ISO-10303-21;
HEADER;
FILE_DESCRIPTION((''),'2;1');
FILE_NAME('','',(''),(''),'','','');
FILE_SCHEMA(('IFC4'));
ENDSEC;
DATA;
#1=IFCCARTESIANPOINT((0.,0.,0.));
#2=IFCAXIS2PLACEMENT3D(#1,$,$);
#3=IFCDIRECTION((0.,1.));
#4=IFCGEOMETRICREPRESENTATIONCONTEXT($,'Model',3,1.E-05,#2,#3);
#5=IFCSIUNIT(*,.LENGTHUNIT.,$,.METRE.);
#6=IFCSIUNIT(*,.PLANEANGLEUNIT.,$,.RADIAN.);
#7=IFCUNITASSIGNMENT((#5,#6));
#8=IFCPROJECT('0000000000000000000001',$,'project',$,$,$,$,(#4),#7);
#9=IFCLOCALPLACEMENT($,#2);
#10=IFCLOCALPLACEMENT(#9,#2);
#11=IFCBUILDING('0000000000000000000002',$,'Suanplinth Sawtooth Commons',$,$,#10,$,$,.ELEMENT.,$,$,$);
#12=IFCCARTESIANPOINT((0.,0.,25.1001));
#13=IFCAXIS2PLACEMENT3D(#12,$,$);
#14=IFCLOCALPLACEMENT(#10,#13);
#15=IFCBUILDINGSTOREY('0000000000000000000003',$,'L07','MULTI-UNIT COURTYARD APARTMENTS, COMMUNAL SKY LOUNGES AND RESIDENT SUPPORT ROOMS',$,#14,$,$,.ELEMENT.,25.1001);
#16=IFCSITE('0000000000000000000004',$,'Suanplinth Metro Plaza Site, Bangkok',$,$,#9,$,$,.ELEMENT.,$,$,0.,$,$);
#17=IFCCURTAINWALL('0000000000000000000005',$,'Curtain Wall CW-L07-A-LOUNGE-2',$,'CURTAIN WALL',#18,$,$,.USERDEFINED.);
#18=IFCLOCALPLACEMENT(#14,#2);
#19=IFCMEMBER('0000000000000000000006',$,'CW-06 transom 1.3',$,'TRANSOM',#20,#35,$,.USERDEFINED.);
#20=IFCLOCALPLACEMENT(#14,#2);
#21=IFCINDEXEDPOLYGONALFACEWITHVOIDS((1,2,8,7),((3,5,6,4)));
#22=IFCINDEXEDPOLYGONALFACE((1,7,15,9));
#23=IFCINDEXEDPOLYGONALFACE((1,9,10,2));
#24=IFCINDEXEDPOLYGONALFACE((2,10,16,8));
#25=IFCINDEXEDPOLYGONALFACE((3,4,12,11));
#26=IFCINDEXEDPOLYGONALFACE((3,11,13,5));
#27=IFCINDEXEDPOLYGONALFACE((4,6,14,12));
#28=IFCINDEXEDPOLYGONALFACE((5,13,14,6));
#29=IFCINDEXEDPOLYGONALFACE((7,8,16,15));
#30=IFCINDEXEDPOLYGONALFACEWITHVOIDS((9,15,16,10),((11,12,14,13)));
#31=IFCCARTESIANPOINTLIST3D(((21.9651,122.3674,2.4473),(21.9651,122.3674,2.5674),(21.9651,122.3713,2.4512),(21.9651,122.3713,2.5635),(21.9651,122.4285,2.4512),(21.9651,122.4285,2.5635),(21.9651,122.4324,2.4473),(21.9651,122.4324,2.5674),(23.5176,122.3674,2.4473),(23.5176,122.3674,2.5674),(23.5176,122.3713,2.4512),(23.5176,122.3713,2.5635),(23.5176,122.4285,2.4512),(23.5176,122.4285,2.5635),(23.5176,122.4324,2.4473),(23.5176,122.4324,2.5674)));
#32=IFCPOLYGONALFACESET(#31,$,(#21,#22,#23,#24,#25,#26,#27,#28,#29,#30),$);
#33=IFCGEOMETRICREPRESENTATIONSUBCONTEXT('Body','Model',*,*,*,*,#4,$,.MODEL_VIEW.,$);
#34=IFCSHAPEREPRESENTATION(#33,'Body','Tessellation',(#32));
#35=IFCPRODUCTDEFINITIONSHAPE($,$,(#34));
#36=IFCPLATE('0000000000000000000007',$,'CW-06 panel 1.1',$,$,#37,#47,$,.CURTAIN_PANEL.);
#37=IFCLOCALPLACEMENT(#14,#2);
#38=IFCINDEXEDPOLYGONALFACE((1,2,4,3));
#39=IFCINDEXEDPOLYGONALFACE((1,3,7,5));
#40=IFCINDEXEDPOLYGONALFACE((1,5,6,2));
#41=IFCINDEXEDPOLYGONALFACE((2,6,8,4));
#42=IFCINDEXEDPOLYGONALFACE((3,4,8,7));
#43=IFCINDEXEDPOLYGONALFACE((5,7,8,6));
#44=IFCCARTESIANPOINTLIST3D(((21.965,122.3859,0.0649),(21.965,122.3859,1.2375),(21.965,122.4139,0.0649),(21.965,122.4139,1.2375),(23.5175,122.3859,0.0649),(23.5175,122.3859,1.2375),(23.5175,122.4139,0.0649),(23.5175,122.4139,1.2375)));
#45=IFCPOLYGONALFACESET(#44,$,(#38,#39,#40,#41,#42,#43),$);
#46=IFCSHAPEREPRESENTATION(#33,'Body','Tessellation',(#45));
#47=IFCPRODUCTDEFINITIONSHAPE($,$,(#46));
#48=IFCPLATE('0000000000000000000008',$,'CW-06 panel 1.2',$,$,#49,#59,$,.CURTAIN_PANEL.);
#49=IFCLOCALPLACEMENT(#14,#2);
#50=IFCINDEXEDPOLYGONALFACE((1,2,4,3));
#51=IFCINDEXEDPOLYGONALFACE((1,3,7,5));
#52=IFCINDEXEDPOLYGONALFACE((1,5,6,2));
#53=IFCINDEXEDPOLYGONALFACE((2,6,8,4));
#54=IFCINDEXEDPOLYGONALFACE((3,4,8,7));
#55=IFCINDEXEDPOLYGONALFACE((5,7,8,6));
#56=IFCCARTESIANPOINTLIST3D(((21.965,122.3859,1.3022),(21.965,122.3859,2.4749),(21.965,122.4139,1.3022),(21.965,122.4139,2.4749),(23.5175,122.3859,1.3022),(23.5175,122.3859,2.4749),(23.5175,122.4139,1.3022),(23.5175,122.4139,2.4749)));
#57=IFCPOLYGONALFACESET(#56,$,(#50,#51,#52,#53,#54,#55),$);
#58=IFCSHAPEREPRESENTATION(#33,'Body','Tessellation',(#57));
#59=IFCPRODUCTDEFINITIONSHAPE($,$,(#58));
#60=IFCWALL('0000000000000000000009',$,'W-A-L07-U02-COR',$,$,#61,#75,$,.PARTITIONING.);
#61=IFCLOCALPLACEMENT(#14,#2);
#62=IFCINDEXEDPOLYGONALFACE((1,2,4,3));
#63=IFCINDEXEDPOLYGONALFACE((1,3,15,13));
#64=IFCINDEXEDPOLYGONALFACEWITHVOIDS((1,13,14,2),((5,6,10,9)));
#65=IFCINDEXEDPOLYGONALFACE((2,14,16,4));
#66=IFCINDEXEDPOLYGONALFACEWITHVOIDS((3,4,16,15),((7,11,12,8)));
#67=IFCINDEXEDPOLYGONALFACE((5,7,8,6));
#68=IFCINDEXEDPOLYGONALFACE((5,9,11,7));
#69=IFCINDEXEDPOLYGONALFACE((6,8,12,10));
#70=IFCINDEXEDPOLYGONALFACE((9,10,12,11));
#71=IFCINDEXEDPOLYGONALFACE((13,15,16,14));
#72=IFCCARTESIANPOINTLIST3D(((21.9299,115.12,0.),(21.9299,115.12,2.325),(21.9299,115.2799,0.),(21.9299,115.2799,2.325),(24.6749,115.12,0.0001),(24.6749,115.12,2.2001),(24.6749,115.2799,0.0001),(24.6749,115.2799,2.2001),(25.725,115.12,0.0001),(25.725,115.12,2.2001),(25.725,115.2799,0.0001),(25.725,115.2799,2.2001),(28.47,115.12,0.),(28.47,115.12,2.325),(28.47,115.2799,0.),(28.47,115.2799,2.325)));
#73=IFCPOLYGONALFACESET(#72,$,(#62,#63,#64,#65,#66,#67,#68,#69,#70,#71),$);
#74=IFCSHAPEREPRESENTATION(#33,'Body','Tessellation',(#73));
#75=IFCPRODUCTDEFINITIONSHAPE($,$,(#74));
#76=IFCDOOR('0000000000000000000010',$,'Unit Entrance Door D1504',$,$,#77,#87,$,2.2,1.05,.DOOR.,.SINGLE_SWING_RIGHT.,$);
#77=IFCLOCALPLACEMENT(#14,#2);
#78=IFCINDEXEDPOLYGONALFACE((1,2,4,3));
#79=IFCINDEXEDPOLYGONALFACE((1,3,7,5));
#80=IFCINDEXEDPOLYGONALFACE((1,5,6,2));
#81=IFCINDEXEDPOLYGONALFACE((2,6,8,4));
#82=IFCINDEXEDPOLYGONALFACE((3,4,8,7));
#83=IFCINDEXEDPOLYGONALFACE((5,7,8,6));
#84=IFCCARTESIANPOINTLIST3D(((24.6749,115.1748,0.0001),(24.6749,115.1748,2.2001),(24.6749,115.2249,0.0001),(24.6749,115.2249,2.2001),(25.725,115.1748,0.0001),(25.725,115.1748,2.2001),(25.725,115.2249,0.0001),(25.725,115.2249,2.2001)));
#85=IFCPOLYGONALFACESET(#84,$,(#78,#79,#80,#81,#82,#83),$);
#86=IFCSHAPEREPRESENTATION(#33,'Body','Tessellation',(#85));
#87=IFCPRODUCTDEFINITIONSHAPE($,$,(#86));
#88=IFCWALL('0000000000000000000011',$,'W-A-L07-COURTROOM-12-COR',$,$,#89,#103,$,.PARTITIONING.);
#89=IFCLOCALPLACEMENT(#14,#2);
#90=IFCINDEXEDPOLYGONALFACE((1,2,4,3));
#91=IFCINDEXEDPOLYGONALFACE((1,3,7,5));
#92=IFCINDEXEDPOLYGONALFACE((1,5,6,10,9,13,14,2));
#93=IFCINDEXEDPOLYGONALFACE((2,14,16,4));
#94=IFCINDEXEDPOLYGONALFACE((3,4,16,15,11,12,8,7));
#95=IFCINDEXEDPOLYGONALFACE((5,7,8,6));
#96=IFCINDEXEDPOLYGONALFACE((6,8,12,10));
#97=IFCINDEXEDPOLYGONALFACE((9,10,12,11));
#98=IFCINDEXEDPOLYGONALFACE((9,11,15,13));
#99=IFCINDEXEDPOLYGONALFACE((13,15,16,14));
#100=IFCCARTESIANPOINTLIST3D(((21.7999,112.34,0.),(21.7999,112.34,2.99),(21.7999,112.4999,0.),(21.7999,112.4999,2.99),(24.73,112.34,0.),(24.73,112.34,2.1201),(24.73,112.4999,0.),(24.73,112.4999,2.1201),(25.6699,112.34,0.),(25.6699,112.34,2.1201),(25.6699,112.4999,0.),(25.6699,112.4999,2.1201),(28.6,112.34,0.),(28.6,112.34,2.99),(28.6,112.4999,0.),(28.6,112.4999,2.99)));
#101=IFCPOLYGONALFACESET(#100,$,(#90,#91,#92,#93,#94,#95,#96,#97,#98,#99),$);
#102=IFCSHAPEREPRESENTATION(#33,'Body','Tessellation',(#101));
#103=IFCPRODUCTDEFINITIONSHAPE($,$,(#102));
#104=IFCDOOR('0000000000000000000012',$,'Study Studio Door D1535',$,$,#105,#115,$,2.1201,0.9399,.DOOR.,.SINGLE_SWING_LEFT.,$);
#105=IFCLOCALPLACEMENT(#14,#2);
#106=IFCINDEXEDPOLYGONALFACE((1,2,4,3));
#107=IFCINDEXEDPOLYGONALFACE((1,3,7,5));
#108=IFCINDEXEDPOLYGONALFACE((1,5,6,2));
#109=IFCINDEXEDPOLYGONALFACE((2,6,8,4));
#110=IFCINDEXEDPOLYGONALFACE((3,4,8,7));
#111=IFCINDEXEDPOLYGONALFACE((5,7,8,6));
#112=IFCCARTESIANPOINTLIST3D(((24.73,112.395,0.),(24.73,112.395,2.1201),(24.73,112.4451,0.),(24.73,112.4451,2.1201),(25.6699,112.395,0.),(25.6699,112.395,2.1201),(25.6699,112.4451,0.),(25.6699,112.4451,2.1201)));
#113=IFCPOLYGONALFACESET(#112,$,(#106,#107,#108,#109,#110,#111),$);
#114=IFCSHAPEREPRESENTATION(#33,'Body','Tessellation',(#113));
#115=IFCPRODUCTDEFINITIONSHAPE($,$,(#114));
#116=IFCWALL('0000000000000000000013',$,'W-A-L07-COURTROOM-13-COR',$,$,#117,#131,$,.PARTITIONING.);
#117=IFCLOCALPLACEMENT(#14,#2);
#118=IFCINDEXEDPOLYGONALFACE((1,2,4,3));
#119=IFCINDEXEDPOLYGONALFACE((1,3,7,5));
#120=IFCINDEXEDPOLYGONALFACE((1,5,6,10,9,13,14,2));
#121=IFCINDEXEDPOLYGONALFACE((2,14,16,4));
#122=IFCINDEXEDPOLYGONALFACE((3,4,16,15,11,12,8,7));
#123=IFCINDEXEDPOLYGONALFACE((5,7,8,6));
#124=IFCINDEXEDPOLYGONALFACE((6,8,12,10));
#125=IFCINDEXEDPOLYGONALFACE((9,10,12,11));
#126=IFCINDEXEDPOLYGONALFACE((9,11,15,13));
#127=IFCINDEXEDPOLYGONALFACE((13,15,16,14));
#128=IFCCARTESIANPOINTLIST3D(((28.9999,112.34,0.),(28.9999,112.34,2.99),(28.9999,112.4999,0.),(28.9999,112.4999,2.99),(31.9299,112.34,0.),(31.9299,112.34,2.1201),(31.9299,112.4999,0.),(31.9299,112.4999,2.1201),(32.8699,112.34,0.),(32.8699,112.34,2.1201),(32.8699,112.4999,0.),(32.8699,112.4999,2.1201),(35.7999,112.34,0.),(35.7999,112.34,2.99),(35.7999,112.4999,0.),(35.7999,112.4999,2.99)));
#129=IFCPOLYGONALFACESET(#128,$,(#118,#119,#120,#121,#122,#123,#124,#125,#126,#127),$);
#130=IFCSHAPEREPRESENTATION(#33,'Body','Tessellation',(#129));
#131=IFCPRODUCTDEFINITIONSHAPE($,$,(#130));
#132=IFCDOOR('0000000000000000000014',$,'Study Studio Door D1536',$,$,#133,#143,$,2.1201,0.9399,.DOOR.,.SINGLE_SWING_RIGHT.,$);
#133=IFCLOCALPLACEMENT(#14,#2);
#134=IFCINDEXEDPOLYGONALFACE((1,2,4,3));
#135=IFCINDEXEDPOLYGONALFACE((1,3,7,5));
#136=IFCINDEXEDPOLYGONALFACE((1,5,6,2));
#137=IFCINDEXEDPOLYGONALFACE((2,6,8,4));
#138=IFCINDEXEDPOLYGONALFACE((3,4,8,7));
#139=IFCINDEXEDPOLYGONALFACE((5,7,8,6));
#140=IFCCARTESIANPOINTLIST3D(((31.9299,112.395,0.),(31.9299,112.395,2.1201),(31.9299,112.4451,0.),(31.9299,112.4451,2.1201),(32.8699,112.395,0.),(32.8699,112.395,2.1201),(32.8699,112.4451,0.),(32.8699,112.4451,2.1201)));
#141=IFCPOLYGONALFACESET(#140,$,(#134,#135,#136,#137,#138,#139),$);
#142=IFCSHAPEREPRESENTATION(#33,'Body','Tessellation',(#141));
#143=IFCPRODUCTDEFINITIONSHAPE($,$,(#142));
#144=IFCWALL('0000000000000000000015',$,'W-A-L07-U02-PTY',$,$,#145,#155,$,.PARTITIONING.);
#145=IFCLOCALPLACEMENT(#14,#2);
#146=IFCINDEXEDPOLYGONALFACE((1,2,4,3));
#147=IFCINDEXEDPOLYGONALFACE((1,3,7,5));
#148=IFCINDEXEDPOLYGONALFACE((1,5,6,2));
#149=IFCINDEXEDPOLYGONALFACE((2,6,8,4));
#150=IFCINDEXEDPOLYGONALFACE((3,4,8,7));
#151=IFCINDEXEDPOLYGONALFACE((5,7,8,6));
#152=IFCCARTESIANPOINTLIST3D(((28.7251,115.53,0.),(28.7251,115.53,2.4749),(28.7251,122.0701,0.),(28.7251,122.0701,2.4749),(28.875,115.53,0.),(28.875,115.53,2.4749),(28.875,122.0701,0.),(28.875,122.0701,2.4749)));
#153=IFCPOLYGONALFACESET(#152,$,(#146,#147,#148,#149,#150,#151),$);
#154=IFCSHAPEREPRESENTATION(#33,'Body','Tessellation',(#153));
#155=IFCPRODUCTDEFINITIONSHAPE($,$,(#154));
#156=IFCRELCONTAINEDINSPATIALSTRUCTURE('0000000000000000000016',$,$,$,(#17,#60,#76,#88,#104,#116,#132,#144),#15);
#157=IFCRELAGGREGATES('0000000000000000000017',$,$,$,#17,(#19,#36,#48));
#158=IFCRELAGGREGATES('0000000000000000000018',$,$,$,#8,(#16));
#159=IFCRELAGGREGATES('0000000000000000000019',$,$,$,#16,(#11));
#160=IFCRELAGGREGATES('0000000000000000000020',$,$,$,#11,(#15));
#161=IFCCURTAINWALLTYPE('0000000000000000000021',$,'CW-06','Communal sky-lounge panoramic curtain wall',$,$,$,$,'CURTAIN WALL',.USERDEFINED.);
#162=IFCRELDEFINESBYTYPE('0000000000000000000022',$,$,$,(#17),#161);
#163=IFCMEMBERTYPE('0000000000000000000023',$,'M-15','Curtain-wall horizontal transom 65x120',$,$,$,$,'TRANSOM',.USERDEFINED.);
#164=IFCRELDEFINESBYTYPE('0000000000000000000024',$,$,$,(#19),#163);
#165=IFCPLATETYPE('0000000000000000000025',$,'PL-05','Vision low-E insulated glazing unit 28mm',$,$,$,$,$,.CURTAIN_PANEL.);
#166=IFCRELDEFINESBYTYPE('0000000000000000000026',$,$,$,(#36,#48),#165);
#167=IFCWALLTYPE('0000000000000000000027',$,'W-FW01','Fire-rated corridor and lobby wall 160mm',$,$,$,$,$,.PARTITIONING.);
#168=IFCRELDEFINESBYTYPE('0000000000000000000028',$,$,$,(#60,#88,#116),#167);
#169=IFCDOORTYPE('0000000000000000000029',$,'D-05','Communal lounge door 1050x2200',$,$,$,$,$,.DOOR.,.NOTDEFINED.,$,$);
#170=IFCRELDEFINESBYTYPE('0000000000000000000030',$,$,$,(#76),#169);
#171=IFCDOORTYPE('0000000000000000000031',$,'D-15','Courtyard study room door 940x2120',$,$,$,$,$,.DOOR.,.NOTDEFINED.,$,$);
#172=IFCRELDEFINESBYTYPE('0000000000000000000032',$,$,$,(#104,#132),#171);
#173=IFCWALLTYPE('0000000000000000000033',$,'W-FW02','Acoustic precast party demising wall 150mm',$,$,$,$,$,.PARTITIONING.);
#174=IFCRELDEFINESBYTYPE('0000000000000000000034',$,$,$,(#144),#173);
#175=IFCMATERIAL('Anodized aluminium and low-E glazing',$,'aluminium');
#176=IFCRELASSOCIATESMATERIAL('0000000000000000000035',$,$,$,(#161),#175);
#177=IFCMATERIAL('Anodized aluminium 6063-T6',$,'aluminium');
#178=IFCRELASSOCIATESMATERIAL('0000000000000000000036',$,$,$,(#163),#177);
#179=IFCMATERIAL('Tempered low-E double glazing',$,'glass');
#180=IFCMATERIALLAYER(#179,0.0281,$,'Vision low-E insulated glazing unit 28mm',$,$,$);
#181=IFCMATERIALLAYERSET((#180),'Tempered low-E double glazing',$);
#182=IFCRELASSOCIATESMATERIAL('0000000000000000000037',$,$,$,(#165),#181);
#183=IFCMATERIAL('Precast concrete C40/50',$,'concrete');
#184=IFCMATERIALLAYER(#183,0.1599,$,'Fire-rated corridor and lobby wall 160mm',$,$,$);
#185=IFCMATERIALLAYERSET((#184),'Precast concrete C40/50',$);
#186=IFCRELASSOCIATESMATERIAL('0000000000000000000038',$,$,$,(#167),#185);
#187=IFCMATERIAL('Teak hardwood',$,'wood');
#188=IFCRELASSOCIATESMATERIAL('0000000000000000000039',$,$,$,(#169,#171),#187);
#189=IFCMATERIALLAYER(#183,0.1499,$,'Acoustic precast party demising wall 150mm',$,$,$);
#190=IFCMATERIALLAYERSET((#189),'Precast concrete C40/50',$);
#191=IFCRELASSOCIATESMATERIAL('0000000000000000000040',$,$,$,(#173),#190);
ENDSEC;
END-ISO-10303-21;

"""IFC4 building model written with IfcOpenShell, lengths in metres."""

from ifc_helpers import new_model, si_unit, direction, frame, frame_2d, origin, origin_2d, place, context, subcontext, project, spatial, rectangle, hollow_rectangle, extrude, material, layer, layer_set, material_profile, profile_set, type_object, element, fill, aggregate, save


model = new_model("IFC4")

# Units and contexts
model_context = context("Model", 3, precision=1e-05, world=origin(), true_north=direction((0.0, 1.0)))
body_context = subcontext(model_context, "Body", "Model", "MODEL_VIEW")
ifc_project = project(units=[si_unit("LENGTHUNIT", "METRE"), si_unit("PLANEANGLEUNIT", "RADIAN")], contexts=[model_context])

# Site, building, storey
site_placement = place(None, origin())
site = spatial("IfcSite", under=ifc_project, at=site_placement, Name="Suanplinth Metro Plaza Site, Bangkok", CompositionType="ELEMENT", RefElevation=0.0)
building_placement = place(site_placement, origin())
building = spatial("IfcBuilding", under=site, at=building_placement, Name="Suanplinth Sawtooth Commons", CompositionType="ELEMENT")
storey_placement = place(building_placement, frame((0.0, 0.0, 25.1001)))
storey = spatial("IfcBuildingStorey", under=building, at=storey_placement, Name="L07", Description="MULTI-UNIT COURTYARD APARTMENTS, COMMUNAL SKY LOUNGES AND RESIDENT SUPPORT ROOMS", CompositionType="ELEMENT", Elevation=25.1001)

# Shared definitions
ifc_material_1 = material(Name="Precast concrete C40/50", Category="concrete")

# Curtain wall, member, plates
ifc_material_2 = material(Name="Anodized aluminium and low-E glazing", Category="aluminium")
curtain_wall_type = type_object("IfcCurtainWallType", Name="CW-06", Description="Communal sky-lounge panoramic curtain wall", ElementType="CURTAIN WALL", PredefinedType="USERDEFINED", material=ifc_material_2)
curtain_wall_placement = place(storey_placement, origin())
curtain_wall = element("IfcCurtainWall", 1, at=curtain_wall_placement, inside=storey, type_object=curtain_wall_type, Name="Curtain Wall CW-L07-A-LOUNGE-2", ObjectType="CURTAIN WALL", PredefinedType="USERDEFINED")
ifc_material_3 = material(Name="Anodized aluminium 6063-T6", Category="aluminium")
ifc_material_profile_1 = material_profile(ifc_material_3, hollow_rectangle(XDim=0.0649, YDim=0.1201, WallThickness=0.0039, at=origin_2d()), Name="ALU-TRN 65x120")
ifc_profile_set_1 = profile_set([ifc_material_profile_1], Name="Anodized aluminium 6063-T6")
member_type_1 = type_object("IfcMemberType", Name="M-15", Description="Curtain-wall horizontal transom 65x120", ElementType="TRANSOM", PredefinedType="USERDEFINED", material=ifc_profile_set_1)
member_1_placement = place(storey_placement, frame((21.9651, 122.3999, 2.5073), z_axis=(1.0, 0.0, 0.0), x_axis=(0.0, 1.0, 0.0)))
member_1 = element("IfcMember", 2, at=member_1_placement, type_object=member_type_1, Name="CW-06 transom 1.3", ObjectType="TRANSOM", PredefinedType="USERDEFINED", context=body_context, shape_type="SweptSolid", body=[
    extrude(hollow_rectangle(XDim=0.0649, YDim=0.1201, WallThickness=0.0039, at=origin_2d()), origin(), (0.0, 0.0, 1.0), 1.5525),
])
ifc_material_4 = material(Name="Tempered low-E double glazing", Category="glass")
ifc_layer_1 = layer(ifc_material_4, 0.0281, Name="Vision low-E insulated glazing unit 28mm")
ifc_layer_set_1 = layer_set([ifc_layer_1], Name="Tempered low-E double glazing")
plate_type = type_object("IfcPlateType", Name="PL-05", Description="Vision low-E insulated glazing unit 28mm", PredefinedType="CURTAIN_PANEL", material=ifc_layer_set_1)
plate_1_placement = place(storey_placement, frame((22.7412, 122.3999, 0.0649), z_axis=(0.0, 0.0, 1.0), x_axis=(1.0, 0.0, 0.0)))
plate_1 = element("IfcPlate", 3, at=plate_1_placement, type_object=plate_type, Name="CW-06 panel 1.1", PredefinedType="CURTAIN_PANEL", context=body_context, shape_type="SweptSolid", body=[
    extrude(rectangle(XDim=1.5525, YDim=0.0281, at=origin_2d()), origin(), (0.0, 0.0, 1.0), 1.1726),
])
plate_2_placement = place(storey_placement, frame((22.7412, 122.3999, 1.3022), z_axis=(0.0, 0.0, 1.0), x_axis=(1.0, 0.0, 0.0)))
plate_2 = element("IfcPlate", 4, at=plate_2_placement, type_object=plate_type, Name="CW-06 panel 1.2", PredefinedType="CURTAIN_PANEL", context=body_context, shape_type="SweptSolid", body=[
    extrude(rectangle(XDim=1.5525, YDim=0.0281, at=origin_2d()), origin(), (0.0, 0.0, 1.0), 1.1726),
])
aggregate(curtain_wall, [member_1, plate_1, plate_2])

# Walls, openings, doors
ifc_layer_2 = layer(ifc_material_1, 0.1599, Name="Fire-rated corridor and lobby wall 160mm")
ifc_layer_set_2 = layer_set([ifc_layer_2], Name="Precast concrete C40/50")
wall_type_1 = type_object("IfcWallType", Name="W-FW01", Description="Fire-rated corridor and lobby wall 160mm", PredefinedType="PARTITIONING", material=ifc_layer_set_2)
wall_1_placement = place(storey_placement, frame((21.9299, 115.2, 0.0), z_axis=(0.0, 0.0, 1.0), x_axis=(1.0, 0.0, 0.0)))
wall_1 = element("IfcWall", 5, at=wall_1_placement, inside=storey, type_object=wall_type_1, Name="W-A-L07-U02-COR", PredefinedType="PARTITIONING", context=body_context, shape_type="SweptSolid", body=[
    extrude(rectangle(XDim=6.54, YDim=0.1599, at=frame_2d((3.27, 0.0))), origin(), (0.0, 0.0, 1.0), 2.325),
])
opening_1_placement = place(wall_1_placement, frame((2.7451, 0.0, 0.0)))
opening_1 = element("IfcOpeningElement", 6, at=opening_1_placement, cuts=wall_1, PredefinedType="OPENING", context=body_context, shape_type="SweptSolid", body=[
    extrude(rectangle(XDim=1.05, YDim=2.2, at=frame_2d((0.5249, 1.1001))), frame((0.0, 0.0947, 0.0), z_axis=(0.0, -1.0, 0.0), x_axis=(1.0, 0.0, 0.0)), (0.0, 0.0, 1.0), 0.1897),
])
ifc_material_5 = material(Name="Teak hardwood", Category="wood")
door_type_1 = type_object("IfcDoorType", Name="D-05", Description="Communal lounge door 1050x2200", OperationType="NOTDEFINED", PredefinedType="DOOR", material=ifc_material_5)
door_1_placement = place(opening_1_placement, origin())
door_1 = element("IfcDoor", 7, at=door_1_placement, inside=storey, type_object=door_type_1, Name="Unit Entrance Door D1504", OperationType="SINGLE_SWING_RIGHT", OverallHeight=2.2, OverallWidth=1.05, PredefinedType="DOOR", context=body_context, shape_type="SweptSolid", body=[
    extrude(rectangle(XDim=1.05, YDim=2.2, at=frame_2d((0.5249, 1.1001))), frame((0.0, 0.0249, 0.0), z_axis=(0.0, -1.0, 0.0), x_axis=(1.0, 0.0, 0.0)), (0.0, 0.0, 1.0), 0.05),
])
fill(opening_1, door_1)
wall_2_placement = place(storey_placement, frame((21.8, 112.4199, 0.0), z_axis=(0.0, 0.0, 1.0), x_axis=(1.0, 0.0, 0.0)))
wall_2 = element("IfcWall", 8, at=wall_2_placement, inside=storey, type_object=wall_type_1, Name="W-A-L07-COURTROOM-12-COR", PredefinedType="PARTITIONING", context=body_context, shape_type="SweptSolid", body=[
    extrude(rectangle(XDim=6.8, YDim=0.1599, at=frame_2d((3.3999, 0.0))), origin(), (0.0, 0.0, 1.0), 2.99),
])
opening_2_placement = place(wall_2_placement, frame((2.9299, 0.0, 0.0)))
opening_2 = element("IfcOpeningElement", 9, at=opening_2_placement, cuts=wall_2, PredefinedType="OPENING", context=body_context, shape_type="SweptSolid", body=[
    extrude(rectangle(XDim=0.9399, YDim=2.1201, at=frame_2d((0.47, 1.0601))), frame((0.0, 0.0947, 0.0), z_axis=(0.0, -1.0, 0.0), x_axis=(1.0, 0.0, 0.0)), (0.0, 0.0, 1.0), 0.1897),
])
door_type_2 = type_object("IfcDoorType", Name="D-15", Description="Courtyard study room door 940x2120", OperationType="NOTDEFINED", PredefinedType="DOOR", material=ifc_material_5)
door_2_placement = place(opening_2_placement, frame((0.9399, 0.0, 0.0), z_axis=(0.0, 0.0, 1.0), x_axis=(-1.0, 0.0, 0.0)))
door_2 = element("IfcDoor", 10, at=door_2_placement, inside=storey, type_object=door_type_2, Name="Study Studio Door D1535", OperationType="SINGLE_SWING_LEFT", OverallHeight=2.1201, OverallWidth=0.9399, PredefinedType="DOOR", context=body_context, shape_type="SweptSolid", body=[
    extrude(rectangle(XDim=0.9399, YDim=2.1201, at=frame_2d((0.47, 1.0601))), frame((0.0, 0.0249, 0.0), z_axis=(0.0, -1.0, 0.0), x_axis=(1.0, 0.0, 0.0)), (0.0, 0.0, 1.0), 0.05),
])
fill(opening_2, door_2)
wall_3_placement = place(storey_placement, frame((29.0, 112.4199, 0.0), z_axis=(0.0, 0.0, 1.0), x_axis=(1.0, 0.0, 0.0)))
wall_3 = element("IfcWall", 11, at=wall_3_placement, inside=storey, type_object=wall_type_1, Name="W-A-L07-COURTROOM-13-COR", PredefinedType="PARTITIONING", context=body_context, shape_type="SweptSolid", body=[
    extrude(rectangle(XDim=6.8, YDim=0.1599, at=frame_2d((3.3999, 0.0))), origin(), (0.0, 0.0, 1.0), 2.99),
])
opening_3_placement = place(wall_3_placement, frame((2.9299, 0.0, 0.0)))
opening_3 = element("IfcOpeningElement", 12, at=opening_3_placement, cuts=wall_3, PredefinedType="OPENING", context=body_context, shape_type="SweptSolid", body=[
    extrude(rectangle(XDim=0.9399, YDim=2.1201, at=frame_2d((0.47, 1.0601))), frame((0.0, 0.0947, 0.0), z_axis=(0.0, -1.0, 0.0), x_axis=(1.0, 0.0, 0.0)), (0.0, 0.0, 1.0), 0.1897),
])
door_3_placement = place(opening_3_placement, frame((0.9399, 0.0, 0.0), z_axis=(0.0, 0.0, 1.0), x_axis=(-1.0, 0.0, 0.0)))
door_3 = element("IfcDoor", 13, at=door_3_placement, inside=storey, type_object=door_type_2, Name="Study Studio Door D1536", OperationType="SINGLE_SWING_RIGHT", OverallHeight=2.1201, OverallWidth=0.9399, PredefinedType="DOOR", context=body_context, shape_type="SweptSolid", body=[
    extrude(rectangle(XDim=0.9399, YDim=2.1201, at=frame_2d((0.47, 1.0601))), frame((0.0, 0.0249, 0.0), z_axis=(0.0, -1.0, 0.0), x_axis=(1.0, 0.0, 0.0)), (0.0, 0.0, 1.0), 0.05),
])
fill(opening_3, door_3)

# Wall
ifc_layer_3 = layer(ifc_material_1, 0.1499, Name="Acoustic precast party demising wall 150mm")
ifc_layer_set_3 = layer_set([ifc_layer_3], Name="Precast concrete C40/50")
wall_type_2 = type_object("IfcWallType", Name="W-FW02", Description="Acoustic precast party demising wall 150mm", PredefinedType="PARTITIONING", material=ifc_layer_set_3)
wall_4_placement = place(storey_placement, frame((28.8, 115.53, 0.0), z_axis=(0.0, 0.0, 1.0), x_axis=(0.0, 1.0, 0.0)))
element("IfcWall", 14, at=wall_4_placement, inside=storey, type_object=wall_type_2, Name="W-A-L07-U02-PTY", PredefinedType="PARTITIONING", context=body_context, shape_type="SweptSolid", body=[
    extrude(rectangle(XDim=6.54, YDim=0.1499, at=frame_2d((3.27, 0.0))), origin(), (0.0, 0.0, 1.0), 2.4749),
])

save(model, "model.ifc")
